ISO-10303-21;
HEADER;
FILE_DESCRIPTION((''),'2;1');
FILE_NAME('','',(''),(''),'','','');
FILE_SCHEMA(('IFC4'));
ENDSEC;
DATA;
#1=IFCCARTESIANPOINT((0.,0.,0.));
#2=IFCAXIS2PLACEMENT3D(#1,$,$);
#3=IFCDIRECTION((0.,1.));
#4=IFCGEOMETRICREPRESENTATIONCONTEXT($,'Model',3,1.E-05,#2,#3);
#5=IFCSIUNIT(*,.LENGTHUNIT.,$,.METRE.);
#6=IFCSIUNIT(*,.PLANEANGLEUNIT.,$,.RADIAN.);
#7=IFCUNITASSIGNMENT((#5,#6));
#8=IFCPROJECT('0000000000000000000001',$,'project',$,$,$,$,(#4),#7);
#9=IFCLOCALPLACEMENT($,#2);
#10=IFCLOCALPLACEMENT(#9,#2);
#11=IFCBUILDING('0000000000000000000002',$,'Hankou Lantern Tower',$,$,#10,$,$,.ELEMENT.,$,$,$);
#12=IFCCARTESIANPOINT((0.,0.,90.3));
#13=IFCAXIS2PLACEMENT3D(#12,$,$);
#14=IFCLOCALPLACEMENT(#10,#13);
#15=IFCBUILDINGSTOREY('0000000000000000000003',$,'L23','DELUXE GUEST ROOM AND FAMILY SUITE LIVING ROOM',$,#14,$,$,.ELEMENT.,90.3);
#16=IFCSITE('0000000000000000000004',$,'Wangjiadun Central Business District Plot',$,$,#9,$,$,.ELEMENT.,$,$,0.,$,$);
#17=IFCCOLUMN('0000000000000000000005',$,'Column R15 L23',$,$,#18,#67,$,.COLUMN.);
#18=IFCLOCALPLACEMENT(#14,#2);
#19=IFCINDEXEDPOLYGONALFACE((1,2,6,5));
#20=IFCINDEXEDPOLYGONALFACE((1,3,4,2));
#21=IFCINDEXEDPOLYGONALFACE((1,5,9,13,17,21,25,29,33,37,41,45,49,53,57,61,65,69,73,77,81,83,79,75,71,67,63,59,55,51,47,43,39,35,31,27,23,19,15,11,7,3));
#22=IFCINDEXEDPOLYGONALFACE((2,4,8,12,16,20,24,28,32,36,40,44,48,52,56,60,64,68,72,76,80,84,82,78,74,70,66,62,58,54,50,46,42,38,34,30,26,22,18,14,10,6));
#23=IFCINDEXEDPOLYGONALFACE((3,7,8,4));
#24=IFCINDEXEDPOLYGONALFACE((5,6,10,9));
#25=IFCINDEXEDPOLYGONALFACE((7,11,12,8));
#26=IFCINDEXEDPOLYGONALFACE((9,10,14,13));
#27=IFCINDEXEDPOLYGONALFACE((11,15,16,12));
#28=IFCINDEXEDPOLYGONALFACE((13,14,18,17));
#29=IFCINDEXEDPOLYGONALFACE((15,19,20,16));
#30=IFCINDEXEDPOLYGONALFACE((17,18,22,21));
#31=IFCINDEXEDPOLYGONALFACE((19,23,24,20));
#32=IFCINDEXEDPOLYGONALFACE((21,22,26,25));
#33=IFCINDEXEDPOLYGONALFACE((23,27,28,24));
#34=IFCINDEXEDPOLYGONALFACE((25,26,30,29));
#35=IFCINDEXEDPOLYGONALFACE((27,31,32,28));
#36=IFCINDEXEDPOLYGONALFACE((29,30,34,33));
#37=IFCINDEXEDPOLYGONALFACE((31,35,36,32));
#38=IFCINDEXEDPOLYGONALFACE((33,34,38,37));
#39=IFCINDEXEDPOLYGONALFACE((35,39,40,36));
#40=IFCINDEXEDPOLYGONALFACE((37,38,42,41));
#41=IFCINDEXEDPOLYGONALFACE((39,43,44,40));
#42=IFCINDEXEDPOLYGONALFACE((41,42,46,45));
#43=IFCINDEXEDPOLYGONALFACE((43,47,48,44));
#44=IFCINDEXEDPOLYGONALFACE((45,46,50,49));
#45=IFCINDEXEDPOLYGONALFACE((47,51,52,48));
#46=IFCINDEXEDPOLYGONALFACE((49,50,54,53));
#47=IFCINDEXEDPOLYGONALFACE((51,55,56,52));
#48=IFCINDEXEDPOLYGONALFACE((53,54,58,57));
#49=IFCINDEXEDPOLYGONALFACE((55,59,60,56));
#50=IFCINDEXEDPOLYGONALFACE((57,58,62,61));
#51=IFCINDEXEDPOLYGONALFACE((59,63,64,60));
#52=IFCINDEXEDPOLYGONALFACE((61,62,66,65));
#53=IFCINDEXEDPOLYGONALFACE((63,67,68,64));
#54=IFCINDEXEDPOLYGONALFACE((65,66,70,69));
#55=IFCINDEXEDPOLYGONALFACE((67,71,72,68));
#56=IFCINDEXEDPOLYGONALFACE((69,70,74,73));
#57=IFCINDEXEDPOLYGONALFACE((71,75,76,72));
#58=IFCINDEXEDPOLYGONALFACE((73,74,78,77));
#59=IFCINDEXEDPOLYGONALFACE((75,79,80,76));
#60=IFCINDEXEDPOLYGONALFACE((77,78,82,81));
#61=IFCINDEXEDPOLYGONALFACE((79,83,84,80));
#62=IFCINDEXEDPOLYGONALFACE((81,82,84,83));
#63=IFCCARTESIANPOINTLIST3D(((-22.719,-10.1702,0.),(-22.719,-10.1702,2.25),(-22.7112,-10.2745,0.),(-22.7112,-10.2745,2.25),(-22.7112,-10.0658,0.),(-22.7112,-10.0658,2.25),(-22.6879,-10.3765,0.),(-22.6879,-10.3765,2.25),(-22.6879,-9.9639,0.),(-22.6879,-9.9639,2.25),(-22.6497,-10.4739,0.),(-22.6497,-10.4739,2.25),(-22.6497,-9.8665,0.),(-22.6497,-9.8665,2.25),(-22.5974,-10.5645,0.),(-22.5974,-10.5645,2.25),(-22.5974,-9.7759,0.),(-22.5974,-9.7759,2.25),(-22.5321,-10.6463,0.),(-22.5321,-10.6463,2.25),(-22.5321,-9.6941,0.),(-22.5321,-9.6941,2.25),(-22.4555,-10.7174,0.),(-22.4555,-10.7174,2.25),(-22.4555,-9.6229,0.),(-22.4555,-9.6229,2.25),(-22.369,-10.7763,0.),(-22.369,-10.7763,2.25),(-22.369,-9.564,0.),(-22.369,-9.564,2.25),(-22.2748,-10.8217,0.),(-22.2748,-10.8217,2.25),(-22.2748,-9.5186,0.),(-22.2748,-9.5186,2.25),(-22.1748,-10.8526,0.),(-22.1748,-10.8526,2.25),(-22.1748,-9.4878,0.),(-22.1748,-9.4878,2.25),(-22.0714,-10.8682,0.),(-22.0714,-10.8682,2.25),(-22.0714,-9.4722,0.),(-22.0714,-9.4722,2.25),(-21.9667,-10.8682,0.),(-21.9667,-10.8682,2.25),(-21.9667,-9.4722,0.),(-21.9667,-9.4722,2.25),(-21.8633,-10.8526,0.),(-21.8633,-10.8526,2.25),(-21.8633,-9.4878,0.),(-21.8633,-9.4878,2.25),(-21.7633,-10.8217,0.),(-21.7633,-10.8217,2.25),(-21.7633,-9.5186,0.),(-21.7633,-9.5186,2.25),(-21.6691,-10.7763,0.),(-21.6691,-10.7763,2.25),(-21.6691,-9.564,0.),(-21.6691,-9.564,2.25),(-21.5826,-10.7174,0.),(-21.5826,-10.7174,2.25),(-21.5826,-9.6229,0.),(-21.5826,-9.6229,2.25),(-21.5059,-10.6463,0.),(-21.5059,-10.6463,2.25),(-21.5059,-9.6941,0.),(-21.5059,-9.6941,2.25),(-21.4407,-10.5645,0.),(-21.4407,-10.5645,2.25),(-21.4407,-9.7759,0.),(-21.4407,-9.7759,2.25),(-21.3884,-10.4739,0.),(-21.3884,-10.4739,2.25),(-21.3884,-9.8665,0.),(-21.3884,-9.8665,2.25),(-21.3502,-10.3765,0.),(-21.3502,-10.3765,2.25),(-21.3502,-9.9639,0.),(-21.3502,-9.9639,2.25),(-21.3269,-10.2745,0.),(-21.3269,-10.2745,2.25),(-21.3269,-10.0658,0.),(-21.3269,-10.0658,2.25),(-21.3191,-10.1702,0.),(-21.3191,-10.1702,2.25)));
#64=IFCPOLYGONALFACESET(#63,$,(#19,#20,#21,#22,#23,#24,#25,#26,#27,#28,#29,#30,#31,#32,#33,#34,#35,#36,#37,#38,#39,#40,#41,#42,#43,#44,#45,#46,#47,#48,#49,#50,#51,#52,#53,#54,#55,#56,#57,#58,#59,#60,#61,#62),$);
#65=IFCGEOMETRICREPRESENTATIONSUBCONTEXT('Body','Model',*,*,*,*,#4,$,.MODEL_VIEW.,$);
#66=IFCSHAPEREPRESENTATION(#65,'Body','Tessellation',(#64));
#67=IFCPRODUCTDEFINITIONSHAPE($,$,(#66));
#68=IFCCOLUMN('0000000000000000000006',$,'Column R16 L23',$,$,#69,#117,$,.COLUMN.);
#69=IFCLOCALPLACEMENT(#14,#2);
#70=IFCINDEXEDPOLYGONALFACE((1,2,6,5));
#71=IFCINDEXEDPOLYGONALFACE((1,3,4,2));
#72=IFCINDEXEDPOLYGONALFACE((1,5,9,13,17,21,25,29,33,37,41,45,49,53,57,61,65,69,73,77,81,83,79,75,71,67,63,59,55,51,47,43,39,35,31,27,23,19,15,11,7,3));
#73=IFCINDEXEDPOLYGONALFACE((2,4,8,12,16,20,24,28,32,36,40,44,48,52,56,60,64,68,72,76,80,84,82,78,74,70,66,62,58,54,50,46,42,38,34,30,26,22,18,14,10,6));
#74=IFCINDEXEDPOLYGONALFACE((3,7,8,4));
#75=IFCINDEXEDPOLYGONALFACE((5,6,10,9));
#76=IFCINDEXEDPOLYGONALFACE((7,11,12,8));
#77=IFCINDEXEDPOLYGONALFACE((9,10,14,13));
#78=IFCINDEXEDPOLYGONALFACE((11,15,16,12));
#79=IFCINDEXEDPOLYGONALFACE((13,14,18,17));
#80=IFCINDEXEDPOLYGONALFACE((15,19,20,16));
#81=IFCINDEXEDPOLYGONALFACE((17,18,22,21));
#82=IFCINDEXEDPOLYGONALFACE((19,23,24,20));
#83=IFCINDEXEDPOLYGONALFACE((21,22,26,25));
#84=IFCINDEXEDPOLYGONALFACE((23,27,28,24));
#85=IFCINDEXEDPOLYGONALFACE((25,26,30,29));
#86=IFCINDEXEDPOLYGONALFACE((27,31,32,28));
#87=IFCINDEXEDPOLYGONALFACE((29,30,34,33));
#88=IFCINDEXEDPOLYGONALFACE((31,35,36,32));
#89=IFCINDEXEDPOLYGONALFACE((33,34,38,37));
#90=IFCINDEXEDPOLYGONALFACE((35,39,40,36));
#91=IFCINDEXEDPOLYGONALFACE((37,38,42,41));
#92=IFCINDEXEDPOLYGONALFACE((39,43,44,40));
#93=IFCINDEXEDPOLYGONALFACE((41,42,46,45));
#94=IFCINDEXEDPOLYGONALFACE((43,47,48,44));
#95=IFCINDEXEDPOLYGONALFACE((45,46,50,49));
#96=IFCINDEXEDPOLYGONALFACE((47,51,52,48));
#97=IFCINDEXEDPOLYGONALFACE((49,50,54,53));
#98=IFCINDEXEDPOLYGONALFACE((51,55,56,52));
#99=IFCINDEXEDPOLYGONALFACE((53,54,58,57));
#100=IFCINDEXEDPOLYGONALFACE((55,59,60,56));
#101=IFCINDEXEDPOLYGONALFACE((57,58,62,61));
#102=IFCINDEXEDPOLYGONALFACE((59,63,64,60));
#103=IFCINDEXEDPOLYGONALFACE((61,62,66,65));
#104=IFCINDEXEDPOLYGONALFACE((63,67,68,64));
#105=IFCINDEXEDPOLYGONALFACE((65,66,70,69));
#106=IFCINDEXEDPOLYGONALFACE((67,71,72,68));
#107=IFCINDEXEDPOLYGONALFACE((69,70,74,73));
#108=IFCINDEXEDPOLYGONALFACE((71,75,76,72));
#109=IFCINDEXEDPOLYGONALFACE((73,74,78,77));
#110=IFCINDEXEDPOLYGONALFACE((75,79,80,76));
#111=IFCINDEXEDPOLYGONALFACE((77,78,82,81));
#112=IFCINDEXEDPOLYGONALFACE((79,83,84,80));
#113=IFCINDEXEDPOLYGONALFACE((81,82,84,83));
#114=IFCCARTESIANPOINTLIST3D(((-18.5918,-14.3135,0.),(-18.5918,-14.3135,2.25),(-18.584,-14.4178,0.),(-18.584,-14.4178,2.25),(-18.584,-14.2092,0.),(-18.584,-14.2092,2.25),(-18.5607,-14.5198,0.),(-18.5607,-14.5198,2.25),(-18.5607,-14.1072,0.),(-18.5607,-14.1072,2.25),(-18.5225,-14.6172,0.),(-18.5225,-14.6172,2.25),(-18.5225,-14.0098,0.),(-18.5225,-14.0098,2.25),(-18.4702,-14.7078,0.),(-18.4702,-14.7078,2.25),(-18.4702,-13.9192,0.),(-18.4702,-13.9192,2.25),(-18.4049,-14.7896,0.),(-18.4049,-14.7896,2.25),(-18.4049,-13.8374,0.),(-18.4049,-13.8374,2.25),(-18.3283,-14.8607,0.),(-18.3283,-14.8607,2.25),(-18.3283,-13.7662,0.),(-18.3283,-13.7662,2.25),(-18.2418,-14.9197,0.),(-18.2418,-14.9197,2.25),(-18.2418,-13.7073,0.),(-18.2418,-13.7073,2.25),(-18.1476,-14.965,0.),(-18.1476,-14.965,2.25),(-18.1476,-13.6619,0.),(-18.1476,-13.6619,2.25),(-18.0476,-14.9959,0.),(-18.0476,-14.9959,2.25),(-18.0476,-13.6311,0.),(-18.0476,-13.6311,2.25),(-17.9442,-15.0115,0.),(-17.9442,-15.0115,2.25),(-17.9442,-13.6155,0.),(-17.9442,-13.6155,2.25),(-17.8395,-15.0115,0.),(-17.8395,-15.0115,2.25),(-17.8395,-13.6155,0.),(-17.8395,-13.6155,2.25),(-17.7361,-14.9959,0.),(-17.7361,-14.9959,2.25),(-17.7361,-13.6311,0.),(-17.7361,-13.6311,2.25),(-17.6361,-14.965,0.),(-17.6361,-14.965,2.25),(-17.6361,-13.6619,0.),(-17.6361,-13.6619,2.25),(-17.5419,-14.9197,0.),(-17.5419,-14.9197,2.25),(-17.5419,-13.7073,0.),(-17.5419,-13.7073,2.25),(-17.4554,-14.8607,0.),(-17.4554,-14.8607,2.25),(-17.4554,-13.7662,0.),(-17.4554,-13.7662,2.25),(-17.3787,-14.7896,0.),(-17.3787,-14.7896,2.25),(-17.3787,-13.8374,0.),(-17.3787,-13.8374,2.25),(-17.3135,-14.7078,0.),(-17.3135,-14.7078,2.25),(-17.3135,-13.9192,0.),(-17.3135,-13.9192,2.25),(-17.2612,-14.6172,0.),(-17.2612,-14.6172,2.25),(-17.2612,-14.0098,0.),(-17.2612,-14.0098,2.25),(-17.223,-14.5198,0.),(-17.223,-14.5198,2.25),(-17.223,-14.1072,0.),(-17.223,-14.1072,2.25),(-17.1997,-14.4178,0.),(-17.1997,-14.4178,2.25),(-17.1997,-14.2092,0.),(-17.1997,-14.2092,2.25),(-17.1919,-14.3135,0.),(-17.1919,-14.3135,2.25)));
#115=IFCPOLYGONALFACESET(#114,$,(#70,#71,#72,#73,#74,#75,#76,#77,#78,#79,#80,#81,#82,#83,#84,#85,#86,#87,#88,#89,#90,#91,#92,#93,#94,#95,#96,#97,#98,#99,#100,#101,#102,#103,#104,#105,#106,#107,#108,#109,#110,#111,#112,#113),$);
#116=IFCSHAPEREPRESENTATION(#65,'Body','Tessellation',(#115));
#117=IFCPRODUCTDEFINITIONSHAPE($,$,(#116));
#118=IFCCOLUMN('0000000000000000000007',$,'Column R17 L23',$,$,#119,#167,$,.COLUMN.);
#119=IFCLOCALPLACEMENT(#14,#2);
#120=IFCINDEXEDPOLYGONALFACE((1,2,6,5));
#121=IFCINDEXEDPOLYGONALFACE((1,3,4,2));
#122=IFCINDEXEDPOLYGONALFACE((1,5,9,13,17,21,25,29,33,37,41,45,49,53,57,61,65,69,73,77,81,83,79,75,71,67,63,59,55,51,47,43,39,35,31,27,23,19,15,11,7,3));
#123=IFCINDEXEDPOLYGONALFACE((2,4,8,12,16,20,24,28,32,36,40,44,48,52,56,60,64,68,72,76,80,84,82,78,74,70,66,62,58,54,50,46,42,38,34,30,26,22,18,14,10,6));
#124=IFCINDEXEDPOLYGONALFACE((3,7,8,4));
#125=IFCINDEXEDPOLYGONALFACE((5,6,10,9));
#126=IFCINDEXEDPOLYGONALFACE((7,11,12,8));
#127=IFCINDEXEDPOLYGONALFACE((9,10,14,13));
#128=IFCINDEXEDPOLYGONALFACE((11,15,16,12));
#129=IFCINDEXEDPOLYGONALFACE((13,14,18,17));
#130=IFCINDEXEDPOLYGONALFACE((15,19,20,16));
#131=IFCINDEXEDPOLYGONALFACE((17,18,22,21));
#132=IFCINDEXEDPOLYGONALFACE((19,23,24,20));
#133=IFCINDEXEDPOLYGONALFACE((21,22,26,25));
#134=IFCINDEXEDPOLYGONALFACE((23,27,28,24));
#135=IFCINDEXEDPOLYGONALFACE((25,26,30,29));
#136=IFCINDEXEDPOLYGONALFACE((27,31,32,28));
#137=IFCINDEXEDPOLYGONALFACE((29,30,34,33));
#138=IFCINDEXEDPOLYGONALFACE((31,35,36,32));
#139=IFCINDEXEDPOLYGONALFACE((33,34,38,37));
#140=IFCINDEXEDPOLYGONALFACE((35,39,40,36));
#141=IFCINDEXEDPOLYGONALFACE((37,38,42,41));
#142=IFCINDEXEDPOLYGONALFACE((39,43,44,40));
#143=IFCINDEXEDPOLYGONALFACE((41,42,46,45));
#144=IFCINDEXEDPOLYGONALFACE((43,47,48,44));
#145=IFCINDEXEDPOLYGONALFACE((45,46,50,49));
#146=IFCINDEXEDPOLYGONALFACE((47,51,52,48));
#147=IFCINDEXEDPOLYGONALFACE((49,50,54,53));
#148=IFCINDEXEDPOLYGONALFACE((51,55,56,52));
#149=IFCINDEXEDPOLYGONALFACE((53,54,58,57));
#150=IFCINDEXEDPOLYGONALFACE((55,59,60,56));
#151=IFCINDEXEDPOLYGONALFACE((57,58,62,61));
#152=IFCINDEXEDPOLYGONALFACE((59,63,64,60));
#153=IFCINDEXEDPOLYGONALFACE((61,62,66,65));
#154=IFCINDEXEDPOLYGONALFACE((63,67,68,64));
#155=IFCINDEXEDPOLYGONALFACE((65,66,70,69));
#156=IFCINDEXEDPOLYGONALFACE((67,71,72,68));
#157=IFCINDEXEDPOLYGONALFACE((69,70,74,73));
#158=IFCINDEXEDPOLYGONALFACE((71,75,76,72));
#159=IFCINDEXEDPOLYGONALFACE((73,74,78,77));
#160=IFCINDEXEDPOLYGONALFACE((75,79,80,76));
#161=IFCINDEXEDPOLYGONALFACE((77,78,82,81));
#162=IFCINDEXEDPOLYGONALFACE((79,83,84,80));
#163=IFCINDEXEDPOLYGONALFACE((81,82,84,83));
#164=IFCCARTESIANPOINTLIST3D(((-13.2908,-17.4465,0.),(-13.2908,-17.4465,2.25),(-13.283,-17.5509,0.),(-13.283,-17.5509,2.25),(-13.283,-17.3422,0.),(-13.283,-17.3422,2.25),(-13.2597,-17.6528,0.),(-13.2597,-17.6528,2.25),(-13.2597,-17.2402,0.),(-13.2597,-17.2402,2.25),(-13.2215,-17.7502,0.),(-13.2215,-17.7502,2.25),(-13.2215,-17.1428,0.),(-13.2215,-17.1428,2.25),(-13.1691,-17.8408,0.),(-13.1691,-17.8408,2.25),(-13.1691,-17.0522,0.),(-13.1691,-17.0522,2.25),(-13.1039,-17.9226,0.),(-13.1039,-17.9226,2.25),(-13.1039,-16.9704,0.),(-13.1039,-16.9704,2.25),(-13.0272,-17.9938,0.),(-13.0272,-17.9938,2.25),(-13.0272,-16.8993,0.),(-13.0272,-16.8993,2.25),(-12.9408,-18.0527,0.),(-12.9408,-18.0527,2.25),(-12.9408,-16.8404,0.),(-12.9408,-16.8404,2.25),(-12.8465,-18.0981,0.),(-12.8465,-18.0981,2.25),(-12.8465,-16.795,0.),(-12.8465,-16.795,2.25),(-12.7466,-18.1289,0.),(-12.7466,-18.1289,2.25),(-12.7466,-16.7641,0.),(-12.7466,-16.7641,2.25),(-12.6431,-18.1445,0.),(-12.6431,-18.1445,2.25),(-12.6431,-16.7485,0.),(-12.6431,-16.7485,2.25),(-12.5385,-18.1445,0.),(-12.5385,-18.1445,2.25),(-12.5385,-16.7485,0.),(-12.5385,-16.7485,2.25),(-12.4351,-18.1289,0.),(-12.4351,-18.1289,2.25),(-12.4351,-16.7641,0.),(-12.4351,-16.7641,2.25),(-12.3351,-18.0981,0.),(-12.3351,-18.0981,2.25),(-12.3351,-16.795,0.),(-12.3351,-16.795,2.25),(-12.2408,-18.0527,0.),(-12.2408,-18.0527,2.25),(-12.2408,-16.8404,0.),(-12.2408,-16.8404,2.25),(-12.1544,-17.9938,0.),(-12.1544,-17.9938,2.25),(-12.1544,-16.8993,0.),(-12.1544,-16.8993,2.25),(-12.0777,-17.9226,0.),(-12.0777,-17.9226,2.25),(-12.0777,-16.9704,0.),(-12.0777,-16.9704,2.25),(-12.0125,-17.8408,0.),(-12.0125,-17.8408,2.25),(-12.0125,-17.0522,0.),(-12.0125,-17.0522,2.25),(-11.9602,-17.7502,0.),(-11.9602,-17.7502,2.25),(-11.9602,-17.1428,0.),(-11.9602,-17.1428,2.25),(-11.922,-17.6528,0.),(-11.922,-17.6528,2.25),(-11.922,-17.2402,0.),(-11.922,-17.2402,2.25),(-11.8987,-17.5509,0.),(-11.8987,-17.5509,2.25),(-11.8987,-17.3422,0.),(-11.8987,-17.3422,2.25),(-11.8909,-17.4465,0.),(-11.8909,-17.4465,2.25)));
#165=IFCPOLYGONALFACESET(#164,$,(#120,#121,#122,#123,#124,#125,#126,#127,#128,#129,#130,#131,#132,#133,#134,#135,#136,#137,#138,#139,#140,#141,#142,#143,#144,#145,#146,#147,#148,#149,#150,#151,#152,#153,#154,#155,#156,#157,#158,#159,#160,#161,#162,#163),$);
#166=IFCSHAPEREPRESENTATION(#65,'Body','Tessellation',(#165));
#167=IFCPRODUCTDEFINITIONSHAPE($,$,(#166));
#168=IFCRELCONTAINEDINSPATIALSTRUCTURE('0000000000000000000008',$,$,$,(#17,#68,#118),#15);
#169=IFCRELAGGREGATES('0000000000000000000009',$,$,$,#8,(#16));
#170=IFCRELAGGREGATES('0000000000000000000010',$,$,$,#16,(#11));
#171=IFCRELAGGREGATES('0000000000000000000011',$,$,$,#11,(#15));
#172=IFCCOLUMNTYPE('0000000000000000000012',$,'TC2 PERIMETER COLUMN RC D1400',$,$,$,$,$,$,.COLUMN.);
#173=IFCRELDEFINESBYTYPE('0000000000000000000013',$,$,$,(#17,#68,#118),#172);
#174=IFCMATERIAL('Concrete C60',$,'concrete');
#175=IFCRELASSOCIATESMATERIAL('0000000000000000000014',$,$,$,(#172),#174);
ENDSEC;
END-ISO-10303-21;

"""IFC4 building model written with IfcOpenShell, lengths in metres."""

from ifc_helpers import new_model, si_unit, direction, frame, origin, origin_2d, place, context, subcontext, project, spatial, circle, extrude, clip, halfspace, material, material_profile, profile_set, type_object, element, save


model = new_model("IFC4")

# Units and contexts
model_context = context("Model", 3, precision=1e-05, world=origin(), true_north=direction((0.0, 1.0)))
body_context = subcontext(model_context, "Body", "Model", "MODEL_VIEW")
ifc_project = project(units=[si_unit("LENGTHUNIT", "METRE"), si_unit("PLANEANGLEUNIT", "RADIAN")], contexts=[model_context])

# Site, building, storey
site_placement = place(None, origin())
site = spatial("IfcSite", under=ifc_project, at=site_placement, Name="Wangjiadun Central Business District Plot", CompositionType="ELEMENT", RefElevation=0.0)
building_placement = place(site_placement, origin())
building = spatial("IfcBuilding", under=site, at=building_placement, Name="Hankou Lantern Tower", CompositionType="ELEMENT")
storey_placement = place(building_placement, frame((0.0, 0.0, 90.3)))
storey = spatial("IfcBuildingStorey", under=building, at=storey_placement, Name="L23", Description="DELUXE GUEST ROOM AND FAMILY SUITE LIVING ROOM", CompositionType="ELEMENT", Elevation=90.3)

# Columns
ifc_material_1 = material(Name="Concrete C60", Category="concrete")
ifc_material_profile_1 = material_profile(ifc_material_1, circle(Radius=0.7, at=origin_2d()), Name="RC D1400")
ifc_profile_set_1 = profile_set([ifc_material_profile_1], Name="Concrete C60")
column_type = type_object("IfcColumnType", Name="TC2 PERIMETER COLUMN RC D1400", PredefinedType="COLUMN", material=ifc_profile_set_1)
for number, where, z_axis, x_axis, name in (
    (1, (-22.019, -10.1702, 0.0), (0.0, 0.0, 1.0), (1.0, 0.0, 0.0), "Column R15 L23"),
    (2, (-17.8918, -14.3135, 0.0), (0.0, 0.0, 1.0), (1.0, 0.0, 0.0), "Column R16 L23"),
    (3, (-12.5908, -17.4465, 0.0), (0.0, 0.0, 1.0), (1.0, 0.0, 0.0), "Column R17 L23"),
):
    element("IfcColumn", number, at=place(storey_placement, frame(where, z_axis=z_axis, x_axis=x_axis)), inside=storey, type_object=column_type, Name=name, PredefinedType="COLUMN", context=body_context, shape_type="Clipping", body=[
        clip(extrude(circle(Radius=0.7, at=origin_2d()), origin(), (0.0, 0.0, 1.0), 3.3), halfspace(frame((0.0, 0.0, 2.25), z_axis=(0.0, 0.0, 1.0), x_axis=(1.0, 0.0, 0.0)), False)),
    ])

save(model, "model.ifc")
